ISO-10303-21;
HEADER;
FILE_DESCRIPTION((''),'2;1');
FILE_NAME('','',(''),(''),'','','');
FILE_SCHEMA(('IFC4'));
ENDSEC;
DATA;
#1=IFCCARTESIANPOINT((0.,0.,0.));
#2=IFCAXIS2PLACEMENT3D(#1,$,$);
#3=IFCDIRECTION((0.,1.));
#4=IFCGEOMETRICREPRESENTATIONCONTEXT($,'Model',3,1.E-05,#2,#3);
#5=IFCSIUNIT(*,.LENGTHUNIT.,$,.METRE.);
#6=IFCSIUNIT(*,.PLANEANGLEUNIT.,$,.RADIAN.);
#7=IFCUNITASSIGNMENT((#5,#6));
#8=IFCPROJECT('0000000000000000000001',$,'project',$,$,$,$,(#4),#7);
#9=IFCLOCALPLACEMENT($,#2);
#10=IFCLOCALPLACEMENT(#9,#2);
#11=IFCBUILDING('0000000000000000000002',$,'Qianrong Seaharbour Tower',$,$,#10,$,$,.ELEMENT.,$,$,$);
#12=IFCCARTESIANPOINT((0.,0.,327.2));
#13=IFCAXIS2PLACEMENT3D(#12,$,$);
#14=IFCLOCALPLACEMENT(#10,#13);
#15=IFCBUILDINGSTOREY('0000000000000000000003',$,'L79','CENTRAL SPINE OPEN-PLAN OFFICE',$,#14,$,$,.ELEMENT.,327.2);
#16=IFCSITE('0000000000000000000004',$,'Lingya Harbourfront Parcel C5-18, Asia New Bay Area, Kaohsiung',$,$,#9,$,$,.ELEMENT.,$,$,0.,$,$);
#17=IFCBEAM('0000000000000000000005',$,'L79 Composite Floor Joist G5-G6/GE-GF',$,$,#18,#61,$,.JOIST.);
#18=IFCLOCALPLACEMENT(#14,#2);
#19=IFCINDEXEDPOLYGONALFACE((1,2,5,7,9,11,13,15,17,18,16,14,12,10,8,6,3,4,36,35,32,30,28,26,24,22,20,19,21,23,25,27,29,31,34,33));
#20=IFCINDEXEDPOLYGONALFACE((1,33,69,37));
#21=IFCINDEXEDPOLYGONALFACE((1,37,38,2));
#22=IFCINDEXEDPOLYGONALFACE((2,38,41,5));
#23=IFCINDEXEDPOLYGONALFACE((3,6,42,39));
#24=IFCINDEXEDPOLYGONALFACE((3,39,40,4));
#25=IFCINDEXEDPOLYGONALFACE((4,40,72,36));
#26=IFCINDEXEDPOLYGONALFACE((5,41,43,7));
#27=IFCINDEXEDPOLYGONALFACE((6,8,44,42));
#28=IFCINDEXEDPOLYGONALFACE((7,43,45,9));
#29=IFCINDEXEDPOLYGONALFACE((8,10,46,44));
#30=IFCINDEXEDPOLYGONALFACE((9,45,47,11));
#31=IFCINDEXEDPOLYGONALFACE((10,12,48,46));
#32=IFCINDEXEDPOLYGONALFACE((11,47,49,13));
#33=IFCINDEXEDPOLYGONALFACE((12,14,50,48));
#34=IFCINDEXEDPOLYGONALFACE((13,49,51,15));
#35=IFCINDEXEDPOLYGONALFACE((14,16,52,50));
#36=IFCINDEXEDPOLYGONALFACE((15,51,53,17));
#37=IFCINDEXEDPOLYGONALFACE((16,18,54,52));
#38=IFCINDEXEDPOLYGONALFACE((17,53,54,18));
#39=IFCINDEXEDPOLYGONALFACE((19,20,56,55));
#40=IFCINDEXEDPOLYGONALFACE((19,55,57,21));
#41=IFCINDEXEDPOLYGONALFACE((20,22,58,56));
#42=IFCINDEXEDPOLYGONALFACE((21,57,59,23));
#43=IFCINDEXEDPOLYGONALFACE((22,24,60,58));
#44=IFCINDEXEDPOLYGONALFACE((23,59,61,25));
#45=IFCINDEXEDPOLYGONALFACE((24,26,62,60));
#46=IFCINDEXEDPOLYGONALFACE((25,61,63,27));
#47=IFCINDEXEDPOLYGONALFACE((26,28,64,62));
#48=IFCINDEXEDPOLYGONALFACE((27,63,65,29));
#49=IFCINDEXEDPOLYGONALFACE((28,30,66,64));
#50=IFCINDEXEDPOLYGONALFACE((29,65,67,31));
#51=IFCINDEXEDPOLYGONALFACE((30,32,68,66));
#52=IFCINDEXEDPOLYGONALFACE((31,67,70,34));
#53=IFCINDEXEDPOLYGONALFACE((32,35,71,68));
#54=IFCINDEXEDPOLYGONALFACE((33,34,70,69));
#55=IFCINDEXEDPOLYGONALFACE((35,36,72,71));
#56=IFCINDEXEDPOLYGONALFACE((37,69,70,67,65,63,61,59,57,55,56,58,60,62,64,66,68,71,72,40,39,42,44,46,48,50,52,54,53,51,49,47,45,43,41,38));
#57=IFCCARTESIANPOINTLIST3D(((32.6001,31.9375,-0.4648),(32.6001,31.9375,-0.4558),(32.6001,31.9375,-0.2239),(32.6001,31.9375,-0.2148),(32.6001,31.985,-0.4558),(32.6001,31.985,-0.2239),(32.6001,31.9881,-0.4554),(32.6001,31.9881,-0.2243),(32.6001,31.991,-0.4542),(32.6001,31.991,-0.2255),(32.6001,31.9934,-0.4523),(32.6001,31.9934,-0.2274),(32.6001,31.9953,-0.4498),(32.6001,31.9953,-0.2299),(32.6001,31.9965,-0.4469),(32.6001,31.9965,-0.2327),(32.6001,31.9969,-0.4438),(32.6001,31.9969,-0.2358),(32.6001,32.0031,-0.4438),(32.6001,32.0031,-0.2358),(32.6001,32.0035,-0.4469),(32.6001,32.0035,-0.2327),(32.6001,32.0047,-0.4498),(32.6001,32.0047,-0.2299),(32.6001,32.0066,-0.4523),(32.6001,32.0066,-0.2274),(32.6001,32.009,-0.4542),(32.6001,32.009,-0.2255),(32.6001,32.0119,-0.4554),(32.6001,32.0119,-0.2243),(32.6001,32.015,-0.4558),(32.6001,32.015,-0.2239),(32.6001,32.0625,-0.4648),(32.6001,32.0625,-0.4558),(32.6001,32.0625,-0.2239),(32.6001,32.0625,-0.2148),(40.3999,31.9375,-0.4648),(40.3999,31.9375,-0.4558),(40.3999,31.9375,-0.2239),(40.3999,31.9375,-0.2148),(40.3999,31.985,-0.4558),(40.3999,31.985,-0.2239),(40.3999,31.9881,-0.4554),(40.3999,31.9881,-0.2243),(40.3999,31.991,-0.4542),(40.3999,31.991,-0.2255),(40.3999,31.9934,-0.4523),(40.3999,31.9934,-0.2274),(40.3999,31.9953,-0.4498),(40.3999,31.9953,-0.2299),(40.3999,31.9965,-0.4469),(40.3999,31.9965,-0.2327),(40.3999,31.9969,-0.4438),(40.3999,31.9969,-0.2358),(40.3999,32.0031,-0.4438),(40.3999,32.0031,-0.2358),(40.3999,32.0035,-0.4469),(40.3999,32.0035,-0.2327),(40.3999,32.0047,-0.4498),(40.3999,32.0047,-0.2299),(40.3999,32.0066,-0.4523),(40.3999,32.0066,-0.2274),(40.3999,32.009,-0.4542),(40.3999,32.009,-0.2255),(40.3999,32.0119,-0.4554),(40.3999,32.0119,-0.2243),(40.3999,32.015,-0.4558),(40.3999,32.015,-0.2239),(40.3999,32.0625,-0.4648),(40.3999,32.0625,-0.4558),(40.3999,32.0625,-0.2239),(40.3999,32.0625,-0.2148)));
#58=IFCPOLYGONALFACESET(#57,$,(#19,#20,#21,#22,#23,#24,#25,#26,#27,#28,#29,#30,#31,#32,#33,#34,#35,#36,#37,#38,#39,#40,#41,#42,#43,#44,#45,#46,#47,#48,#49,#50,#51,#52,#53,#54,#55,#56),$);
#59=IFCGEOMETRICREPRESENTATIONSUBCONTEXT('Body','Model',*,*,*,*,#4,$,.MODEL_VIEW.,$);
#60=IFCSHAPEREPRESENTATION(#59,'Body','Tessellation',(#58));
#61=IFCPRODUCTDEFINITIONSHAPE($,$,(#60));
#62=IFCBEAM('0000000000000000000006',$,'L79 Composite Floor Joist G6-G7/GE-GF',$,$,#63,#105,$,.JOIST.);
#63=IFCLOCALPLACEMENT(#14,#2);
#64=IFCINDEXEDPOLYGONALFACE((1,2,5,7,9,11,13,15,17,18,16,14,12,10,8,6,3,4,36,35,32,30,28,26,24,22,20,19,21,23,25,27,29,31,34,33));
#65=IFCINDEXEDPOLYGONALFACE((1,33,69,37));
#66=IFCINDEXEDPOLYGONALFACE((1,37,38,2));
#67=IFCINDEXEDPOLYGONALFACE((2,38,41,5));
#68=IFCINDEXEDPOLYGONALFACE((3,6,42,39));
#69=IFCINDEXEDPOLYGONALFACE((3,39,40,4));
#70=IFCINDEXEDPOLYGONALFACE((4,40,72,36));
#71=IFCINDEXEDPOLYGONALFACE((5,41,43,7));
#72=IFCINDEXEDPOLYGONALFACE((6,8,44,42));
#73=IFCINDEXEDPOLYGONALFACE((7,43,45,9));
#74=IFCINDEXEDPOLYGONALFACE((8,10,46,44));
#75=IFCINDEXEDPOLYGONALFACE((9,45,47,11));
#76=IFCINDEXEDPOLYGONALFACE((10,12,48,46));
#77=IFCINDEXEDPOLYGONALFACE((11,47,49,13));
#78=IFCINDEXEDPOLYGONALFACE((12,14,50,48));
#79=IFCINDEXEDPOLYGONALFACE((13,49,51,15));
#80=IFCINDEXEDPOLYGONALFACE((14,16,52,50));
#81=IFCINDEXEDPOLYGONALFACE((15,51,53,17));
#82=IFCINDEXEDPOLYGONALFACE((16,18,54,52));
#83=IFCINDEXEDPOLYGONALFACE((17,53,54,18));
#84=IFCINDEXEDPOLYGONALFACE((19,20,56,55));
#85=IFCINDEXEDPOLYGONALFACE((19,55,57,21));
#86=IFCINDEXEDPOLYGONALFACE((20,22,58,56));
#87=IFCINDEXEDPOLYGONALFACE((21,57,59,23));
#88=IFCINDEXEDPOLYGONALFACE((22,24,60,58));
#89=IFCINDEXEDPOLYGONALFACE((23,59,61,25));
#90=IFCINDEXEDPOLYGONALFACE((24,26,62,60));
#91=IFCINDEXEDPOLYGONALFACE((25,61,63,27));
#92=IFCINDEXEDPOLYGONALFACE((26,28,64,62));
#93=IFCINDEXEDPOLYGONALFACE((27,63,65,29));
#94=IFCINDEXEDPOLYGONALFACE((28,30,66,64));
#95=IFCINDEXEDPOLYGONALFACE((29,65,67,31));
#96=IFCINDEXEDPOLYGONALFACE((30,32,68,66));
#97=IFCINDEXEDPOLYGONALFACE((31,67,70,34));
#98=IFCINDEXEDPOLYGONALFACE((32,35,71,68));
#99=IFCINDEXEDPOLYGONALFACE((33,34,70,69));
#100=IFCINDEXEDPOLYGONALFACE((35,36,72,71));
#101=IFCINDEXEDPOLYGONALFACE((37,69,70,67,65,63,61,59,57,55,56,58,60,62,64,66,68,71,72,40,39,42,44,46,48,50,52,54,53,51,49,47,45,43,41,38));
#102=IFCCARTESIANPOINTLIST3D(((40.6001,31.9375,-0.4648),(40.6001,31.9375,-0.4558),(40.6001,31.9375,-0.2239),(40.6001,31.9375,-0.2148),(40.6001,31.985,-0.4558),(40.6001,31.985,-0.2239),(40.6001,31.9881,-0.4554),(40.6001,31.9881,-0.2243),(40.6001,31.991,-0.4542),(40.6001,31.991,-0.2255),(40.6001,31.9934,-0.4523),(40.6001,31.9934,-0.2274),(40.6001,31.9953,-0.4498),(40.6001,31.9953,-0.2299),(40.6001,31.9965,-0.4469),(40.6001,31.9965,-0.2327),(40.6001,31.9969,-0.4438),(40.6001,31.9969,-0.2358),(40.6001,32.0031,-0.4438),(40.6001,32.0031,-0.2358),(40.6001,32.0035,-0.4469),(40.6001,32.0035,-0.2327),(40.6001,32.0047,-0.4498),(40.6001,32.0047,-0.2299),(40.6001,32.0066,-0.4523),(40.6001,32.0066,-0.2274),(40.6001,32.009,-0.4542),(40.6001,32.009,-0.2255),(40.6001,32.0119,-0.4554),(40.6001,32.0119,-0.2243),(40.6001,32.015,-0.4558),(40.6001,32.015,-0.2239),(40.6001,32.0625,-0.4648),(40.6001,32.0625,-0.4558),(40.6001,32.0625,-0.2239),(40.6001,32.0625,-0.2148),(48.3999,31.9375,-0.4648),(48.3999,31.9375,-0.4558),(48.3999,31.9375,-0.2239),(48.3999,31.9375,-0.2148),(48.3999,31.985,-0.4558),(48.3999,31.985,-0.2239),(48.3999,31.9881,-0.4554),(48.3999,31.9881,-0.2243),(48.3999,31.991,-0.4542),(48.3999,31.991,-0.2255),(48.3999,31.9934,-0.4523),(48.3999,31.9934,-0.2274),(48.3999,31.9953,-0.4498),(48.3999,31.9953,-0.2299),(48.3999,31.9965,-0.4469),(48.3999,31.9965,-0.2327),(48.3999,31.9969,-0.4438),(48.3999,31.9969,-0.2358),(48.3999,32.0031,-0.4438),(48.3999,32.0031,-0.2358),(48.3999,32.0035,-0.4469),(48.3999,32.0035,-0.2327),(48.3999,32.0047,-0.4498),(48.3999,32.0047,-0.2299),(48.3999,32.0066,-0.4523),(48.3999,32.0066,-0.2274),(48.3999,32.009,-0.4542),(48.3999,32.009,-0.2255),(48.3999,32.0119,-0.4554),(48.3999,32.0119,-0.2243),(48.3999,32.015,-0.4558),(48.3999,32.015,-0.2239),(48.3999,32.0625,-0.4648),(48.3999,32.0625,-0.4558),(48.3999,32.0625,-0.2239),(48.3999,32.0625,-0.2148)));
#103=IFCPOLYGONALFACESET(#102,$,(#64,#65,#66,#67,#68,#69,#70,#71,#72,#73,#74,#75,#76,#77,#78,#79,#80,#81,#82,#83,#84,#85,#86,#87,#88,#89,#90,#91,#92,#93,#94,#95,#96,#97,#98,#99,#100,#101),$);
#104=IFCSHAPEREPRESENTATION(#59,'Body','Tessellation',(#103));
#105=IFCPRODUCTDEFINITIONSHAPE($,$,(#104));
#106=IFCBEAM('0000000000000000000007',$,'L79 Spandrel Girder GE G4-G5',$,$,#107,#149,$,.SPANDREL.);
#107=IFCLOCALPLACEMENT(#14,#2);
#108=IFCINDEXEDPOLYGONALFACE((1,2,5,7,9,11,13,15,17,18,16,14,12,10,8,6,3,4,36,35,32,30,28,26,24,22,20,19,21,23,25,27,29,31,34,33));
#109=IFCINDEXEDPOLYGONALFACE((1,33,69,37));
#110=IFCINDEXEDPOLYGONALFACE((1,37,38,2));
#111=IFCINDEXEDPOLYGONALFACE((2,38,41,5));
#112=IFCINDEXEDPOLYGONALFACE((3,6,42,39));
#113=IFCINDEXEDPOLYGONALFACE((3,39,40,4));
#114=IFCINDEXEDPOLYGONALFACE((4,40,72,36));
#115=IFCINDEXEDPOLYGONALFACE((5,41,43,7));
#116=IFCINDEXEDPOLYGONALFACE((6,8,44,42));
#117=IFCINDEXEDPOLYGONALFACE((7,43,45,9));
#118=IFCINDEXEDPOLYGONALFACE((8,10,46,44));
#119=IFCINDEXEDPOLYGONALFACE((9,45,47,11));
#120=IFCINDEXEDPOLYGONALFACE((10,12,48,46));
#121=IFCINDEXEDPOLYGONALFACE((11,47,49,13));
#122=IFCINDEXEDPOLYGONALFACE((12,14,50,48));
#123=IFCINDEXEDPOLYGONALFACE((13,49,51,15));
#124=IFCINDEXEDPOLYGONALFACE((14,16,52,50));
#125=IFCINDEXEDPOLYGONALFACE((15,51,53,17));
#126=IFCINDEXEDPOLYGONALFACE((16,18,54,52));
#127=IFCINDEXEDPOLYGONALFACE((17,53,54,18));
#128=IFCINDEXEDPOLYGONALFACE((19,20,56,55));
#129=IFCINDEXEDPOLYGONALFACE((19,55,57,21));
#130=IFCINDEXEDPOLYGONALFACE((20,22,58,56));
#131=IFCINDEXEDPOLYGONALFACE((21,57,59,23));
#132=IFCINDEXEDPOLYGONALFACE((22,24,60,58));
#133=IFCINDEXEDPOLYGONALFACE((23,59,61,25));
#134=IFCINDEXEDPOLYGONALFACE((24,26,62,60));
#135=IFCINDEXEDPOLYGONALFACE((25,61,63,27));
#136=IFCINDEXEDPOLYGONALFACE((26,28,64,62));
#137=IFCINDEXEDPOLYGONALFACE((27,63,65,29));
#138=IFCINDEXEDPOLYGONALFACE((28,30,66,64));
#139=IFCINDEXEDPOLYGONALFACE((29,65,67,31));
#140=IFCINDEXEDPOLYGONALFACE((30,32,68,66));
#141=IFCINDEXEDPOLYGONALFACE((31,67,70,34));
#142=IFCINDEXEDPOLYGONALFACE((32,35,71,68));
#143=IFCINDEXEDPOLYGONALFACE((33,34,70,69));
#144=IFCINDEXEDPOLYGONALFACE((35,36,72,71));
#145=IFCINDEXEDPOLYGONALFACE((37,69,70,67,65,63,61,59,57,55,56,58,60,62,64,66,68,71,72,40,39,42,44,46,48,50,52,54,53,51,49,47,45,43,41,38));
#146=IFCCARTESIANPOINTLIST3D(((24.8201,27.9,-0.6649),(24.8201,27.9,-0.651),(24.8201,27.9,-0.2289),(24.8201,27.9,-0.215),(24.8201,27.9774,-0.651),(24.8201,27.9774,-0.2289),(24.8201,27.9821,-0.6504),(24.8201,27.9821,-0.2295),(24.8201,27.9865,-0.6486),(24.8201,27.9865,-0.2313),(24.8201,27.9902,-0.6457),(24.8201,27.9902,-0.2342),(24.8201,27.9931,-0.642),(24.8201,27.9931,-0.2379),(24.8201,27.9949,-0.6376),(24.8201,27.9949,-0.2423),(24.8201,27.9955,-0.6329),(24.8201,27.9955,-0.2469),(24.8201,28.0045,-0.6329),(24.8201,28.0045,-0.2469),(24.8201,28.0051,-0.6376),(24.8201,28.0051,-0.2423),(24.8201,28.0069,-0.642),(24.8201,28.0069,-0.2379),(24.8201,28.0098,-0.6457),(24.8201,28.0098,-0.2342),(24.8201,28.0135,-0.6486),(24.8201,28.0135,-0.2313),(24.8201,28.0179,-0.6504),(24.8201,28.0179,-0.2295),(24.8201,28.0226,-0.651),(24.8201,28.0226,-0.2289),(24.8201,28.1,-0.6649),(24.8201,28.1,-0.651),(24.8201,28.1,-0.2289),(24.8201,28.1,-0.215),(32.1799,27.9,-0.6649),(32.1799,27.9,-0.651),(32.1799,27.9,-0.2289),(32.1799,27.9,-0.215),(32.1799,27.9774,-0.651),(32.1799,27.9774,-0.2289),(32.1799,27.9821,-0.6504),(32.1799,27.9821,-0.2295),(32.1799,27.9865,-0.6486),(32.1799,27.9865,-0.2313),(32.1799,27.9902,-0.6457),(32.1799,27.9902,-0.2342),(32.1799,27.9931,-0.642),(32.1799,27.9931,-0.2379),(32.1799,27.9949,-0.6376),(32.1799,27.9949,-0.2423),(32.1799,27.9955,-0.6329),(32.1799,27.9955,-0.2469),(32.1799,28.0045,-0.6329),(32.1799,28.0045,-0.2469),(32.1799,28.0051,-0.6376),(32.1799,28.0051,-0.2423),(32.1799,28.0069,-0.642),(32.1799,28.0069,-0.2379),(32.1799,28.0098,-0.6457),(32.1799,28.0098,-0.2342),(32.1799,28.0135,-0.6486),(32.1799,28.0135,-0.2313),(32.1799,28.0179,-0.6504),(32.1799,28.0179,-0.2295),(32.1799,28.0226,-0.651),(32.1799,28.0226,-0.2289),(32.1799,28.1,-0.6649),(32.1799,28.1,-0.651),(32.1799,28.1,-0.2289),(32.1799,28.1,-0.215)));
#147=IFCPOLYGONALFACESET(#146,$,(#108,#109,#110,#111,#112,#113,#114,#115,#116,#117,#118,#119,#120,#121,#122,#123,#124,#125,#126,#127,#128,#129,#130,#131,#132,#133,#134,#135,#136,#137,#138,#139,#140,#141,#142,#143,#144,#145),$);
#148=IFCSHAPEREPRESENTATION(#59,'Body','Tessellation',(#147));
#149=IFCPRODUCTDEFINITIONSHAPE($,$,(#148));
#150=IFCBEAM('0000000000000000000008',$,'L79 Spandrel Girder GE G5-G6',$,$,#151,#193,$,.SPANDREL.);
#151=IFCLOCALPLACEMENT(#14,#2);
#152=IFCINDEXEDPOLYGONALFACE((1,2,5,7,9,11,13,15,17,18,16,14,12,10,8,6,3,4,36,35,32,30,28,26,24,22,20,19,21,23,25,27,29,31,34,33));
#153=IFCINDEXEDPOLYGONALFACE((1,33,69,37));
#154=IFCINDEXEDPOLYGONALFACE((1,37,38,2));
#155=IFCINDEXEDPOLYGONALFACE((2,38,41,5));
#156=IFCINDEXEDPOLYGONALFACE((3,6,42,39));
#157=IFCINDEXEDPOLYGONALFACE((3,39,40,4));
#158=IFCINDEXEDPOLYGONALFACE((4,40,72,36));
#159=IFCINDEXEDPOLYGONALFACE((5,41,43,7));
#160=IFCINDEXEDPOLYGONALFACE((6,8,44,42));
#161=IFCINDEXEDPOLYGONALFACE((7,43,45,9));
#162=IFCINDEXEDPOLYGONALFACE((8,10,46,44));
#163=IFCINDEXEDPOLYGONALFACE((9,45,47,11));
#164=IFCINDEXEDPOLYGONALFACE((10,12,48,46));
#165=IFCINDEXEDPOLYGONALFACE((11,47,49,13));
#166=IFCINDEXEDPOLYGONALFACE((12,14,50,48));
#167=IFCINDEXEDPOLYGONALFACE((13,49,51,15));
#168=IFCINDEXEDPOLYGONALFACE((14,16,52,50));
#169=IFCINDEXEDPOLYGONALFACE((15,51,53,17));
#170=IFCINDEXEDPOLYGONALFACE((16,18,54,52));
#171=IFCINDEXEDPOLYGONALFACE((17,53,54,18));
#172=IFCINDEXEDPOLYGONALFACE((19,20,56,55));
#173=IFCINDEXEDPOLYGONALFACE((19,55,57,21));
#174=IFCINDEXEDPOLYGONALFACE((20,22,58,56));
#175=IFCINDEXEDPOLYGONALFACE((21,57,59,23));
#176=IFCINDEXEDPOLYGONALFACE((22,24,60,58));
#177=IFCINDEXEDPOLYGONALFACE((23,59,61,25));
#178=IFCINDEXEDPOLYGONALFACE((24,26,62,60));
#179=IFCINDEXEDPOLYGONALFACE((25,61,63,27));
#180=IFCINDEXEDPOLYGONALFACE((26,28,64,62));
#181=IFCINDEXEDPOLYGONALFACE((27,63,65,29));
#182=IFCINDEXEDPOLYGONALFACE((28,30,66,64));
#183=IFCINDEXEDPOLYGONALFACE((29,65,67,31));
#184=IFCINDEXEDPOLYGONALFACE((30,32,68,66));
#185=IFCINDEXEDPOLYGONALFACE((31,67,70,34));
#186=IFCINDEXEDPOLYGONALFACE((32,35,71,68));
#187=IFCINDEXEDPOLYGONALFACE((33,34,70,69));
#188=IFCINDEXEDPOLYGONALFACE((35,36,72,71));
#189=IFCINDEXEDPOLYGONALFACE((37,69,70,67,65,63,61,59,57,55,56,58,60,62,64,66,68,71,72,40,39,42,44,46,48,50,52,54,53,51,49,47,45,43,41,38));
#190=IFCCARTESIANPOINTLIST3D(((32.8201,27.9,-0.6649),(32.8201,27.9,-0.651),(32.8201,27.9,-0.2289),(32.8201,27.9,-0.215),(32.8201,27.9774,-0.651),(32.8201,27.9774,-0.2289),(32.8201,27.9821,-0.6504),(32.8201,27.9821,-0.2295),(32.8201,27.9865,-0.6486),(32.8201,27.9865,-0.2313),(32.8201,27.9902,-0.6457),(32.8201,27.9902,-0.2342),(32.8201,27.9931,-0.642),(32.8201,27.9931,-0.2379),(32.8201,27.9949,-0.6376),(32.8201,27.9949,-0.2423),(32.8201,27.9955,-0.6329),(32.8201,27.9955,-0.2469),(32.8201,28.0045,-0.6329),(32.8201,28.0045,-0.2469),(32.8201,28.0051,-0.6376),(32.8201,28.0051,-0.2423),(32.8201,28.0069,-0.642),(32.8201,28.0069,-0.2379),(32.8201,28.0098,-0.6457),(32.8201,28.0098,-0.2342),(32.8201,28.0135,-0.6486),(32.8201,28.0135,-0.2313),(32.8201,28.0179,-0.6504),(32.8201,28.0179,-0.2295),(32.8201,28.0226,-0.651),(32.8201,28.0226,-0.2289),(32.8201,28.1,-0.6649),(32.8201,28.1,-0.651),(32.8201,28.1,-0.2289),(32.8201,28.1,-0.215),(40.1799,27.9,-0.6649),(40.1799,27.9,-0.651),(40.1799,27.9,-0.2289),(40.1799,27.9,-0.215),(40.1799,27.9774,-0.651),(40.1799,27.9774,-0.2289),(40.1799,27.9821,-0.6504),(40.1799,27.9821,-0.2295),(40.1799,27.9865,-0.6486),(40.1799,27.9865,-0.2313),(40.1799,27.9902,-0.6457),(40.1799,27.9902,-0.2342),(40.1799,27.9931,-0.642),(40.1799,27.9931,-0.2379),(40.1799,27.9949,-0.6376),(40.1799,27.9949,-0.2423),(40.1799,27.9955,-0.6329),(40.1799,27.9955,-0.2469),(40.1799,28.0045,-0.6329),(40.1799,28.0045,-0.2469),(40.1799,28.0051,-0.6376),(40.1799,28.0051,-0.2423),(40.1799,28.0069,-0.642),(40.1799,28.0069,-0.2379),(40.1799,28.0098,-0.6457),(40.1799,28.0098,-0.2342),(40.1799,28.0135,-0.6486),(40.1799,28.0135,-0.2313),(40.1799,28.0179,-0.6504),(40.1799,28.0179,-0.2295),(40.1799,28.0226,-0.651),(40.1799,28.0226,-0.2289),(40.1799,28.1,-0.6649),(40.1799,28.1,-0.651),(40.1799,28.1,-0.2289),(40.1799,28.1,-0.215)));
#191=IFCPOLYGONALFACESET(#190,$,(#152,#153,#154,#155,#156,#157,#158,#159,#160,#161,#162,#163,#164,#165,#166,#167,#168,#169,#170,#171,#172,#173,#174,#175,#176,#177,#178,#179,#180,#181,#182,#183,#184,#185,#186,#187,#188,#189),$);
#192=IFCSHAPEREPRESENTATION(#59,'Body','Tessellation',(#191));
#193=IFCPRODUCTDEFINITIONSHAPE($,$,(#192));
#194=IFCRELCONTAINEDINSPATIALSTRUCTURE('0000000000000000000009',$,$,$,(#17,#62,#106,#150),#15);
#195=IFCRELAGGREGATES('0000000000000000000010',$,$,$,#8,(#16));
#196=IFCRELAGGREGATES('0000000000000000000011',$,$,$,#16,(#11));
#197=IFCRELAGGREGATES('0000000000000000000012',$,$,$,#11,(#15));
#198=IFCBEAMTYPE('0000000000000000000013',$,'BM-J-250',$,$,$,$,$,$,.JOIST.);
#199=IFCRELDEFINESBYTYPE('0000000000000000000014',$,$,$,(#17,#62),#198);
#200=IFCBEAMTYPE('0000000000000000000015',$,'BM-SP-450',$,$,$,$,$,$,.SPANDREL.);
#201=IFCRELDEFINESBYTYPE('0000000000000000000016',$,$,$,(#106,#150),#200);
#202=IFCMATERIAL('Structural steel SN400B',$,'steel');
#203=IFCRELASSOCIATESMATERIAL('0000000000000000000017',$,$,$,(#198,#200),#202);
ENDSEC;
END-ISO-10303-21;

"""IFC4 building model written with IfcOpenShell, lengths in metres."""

from ifc_helpers import new_model, si_unit, direction, frame, origin, origin_2d, place, context, subcontext, project, spatial, i_section, extrude, material, material_profile, profile_set, type_object, element, save


model = new_model("IFC4")

# Units and contexts
model_context = context("Model", 3, precision=1e-05, world=origin(), true_north=direction((0.0, 1.0)))
body_context = subcontext(model_context, "Body", "Model", "MODEL_VIEW")
ifc_project = project(units=[si_unit("LENGTHUNIT", "METRE"), si_unit("PLANEANGLEUNIT", "RADIAN")], contexts=[model_context])

# Site, building, storey
site_placement = place(None, origin())
site = spatial("IfcSite", under=ifc_project, at=site_placement, Name="Lingya Harbourfront Parcel C5-18, Asia New Bay Area, Kaohsiung", CompositionType="ELEMENT", RefElevation=0.0)
building_placement = place(site_placement, origin())
building = spatial("IfcBuilding", under=site, at=building_placement, Name="Qianrong Seaharbour Tower", CompositionType="ELEMENT")
storey_placement = place(building_placement, frame((0.0, 0.0, 327.2)))
storey = spatial("IfcBuildingStorey", under=building, at=storey_placement, Name="L79", Description="CENTRAL SPINE OPEN-PLAN OFFICE", CompositionType="ELEMENT", Elevation=327.2)

# Shared definitions
ifc_material_1 = material(Name="Structural steel SN400B", Category="steel")

# Beams
ifc_material_profile_1 = material_profile(ifc_material_1, i_section(OverallWidth=0.125, OverallDepth=0.25, WebThickness=0.0061, FlangeThickness=0.009, FilletRadius=0.012, at=origin_2d()), Name="H250x125x6x9")
ifc_profile_set_1 = profile_set([ifc_material_profile_1], Name="Structural steel SN400B")
beam_type_1 = type_object("IfcBeamType", Name="BM-J-250", PredefinedType="JOIST", material=ifc_profile_set_1)
for number, where, z_axis, x_axis, name in (
    (1, (32.6001, 32.0, -0.3398), (1.0, 0.0, 0.0), (0.0, 1.0, 0.0), "L79 Composite Floor Joist G5-G6/GE-GF"),
    (2, (40.6001, 32.0, -0.3398), (1.0, 0.0, 0.0), (0.0, 1.0, 0.0), "L79 Composite Floor Joist G6-G7/GE-GF"),
):
    element("IfcBeam", number, at=place(storey_placement, frame(where, z_axis=z_axis, x_axis=x_axis)), inside=storey, type_object=beam_type_1, Name=name, PredefinedType="JOIST", context=body_context, shape_type="SweptSolid", body=[
        extrude(i_section(OverallWidth=0.125, OverallDepth=0.25, WebThickness=0.0061, FlangeThickness=0.009, FilletRadius=0.012, at=origin_2d()), origin(), (0.0, 0.0, 1.0), 7.7998),
    ])
ifc_material_profile_2 = material_profile(ifc_material_1, i_section(OverallWidth=0.2, OverallDepth=0.45, WebThickness=0.009, FlangeThickness=0.0139, FilletRadius=0.0181, at=origin_2d()), Name="H450x200x9x14")
ifc_profile_set_2 = profile_set([ifc_material_profile_2], Name="Structural steel SN400B")
beam_type_2 = type_object("IfcBeamType", Name="BM-SP-450", PredefinedType="SPANDREL", material=ifc_profile_set_2)
for number, where, z_axis, x_axis, name in (
    (3, (24.8201, 28.0, -0.4399), (1.0, 0.0, 0.0), (0.0, 1.0, 0.0), "L79 Spandrel Girder GE G4-G5"),
    (4, (32.8201, 28.0, -0.4399), (1.0, 0.0, 0.0), (0.0, 1.0, 0.0), "L79 Spandrel Girder GE G5-G6"),
):
    element("IfcBeam", number, at=place(storey_placement, frame(where, z_axis=z_axis, x_axis=x_axis)), inside=storey, type_object=beam_type_2, Name=name, PredefinedType="SPANDREL", context=body_context, shape_type="SweptSolid", body=[
        extrude(i_section(OverallWidth=0.2, OverallDepth=0.45, WebThickness=0.009, FlangeThickness=0.0139, FilletRadius=0.0181, at=origin_2d()), origin(), (0.0, 0.0, 1.0), 7.3599),
    ])

save(model, "model.ifc")
